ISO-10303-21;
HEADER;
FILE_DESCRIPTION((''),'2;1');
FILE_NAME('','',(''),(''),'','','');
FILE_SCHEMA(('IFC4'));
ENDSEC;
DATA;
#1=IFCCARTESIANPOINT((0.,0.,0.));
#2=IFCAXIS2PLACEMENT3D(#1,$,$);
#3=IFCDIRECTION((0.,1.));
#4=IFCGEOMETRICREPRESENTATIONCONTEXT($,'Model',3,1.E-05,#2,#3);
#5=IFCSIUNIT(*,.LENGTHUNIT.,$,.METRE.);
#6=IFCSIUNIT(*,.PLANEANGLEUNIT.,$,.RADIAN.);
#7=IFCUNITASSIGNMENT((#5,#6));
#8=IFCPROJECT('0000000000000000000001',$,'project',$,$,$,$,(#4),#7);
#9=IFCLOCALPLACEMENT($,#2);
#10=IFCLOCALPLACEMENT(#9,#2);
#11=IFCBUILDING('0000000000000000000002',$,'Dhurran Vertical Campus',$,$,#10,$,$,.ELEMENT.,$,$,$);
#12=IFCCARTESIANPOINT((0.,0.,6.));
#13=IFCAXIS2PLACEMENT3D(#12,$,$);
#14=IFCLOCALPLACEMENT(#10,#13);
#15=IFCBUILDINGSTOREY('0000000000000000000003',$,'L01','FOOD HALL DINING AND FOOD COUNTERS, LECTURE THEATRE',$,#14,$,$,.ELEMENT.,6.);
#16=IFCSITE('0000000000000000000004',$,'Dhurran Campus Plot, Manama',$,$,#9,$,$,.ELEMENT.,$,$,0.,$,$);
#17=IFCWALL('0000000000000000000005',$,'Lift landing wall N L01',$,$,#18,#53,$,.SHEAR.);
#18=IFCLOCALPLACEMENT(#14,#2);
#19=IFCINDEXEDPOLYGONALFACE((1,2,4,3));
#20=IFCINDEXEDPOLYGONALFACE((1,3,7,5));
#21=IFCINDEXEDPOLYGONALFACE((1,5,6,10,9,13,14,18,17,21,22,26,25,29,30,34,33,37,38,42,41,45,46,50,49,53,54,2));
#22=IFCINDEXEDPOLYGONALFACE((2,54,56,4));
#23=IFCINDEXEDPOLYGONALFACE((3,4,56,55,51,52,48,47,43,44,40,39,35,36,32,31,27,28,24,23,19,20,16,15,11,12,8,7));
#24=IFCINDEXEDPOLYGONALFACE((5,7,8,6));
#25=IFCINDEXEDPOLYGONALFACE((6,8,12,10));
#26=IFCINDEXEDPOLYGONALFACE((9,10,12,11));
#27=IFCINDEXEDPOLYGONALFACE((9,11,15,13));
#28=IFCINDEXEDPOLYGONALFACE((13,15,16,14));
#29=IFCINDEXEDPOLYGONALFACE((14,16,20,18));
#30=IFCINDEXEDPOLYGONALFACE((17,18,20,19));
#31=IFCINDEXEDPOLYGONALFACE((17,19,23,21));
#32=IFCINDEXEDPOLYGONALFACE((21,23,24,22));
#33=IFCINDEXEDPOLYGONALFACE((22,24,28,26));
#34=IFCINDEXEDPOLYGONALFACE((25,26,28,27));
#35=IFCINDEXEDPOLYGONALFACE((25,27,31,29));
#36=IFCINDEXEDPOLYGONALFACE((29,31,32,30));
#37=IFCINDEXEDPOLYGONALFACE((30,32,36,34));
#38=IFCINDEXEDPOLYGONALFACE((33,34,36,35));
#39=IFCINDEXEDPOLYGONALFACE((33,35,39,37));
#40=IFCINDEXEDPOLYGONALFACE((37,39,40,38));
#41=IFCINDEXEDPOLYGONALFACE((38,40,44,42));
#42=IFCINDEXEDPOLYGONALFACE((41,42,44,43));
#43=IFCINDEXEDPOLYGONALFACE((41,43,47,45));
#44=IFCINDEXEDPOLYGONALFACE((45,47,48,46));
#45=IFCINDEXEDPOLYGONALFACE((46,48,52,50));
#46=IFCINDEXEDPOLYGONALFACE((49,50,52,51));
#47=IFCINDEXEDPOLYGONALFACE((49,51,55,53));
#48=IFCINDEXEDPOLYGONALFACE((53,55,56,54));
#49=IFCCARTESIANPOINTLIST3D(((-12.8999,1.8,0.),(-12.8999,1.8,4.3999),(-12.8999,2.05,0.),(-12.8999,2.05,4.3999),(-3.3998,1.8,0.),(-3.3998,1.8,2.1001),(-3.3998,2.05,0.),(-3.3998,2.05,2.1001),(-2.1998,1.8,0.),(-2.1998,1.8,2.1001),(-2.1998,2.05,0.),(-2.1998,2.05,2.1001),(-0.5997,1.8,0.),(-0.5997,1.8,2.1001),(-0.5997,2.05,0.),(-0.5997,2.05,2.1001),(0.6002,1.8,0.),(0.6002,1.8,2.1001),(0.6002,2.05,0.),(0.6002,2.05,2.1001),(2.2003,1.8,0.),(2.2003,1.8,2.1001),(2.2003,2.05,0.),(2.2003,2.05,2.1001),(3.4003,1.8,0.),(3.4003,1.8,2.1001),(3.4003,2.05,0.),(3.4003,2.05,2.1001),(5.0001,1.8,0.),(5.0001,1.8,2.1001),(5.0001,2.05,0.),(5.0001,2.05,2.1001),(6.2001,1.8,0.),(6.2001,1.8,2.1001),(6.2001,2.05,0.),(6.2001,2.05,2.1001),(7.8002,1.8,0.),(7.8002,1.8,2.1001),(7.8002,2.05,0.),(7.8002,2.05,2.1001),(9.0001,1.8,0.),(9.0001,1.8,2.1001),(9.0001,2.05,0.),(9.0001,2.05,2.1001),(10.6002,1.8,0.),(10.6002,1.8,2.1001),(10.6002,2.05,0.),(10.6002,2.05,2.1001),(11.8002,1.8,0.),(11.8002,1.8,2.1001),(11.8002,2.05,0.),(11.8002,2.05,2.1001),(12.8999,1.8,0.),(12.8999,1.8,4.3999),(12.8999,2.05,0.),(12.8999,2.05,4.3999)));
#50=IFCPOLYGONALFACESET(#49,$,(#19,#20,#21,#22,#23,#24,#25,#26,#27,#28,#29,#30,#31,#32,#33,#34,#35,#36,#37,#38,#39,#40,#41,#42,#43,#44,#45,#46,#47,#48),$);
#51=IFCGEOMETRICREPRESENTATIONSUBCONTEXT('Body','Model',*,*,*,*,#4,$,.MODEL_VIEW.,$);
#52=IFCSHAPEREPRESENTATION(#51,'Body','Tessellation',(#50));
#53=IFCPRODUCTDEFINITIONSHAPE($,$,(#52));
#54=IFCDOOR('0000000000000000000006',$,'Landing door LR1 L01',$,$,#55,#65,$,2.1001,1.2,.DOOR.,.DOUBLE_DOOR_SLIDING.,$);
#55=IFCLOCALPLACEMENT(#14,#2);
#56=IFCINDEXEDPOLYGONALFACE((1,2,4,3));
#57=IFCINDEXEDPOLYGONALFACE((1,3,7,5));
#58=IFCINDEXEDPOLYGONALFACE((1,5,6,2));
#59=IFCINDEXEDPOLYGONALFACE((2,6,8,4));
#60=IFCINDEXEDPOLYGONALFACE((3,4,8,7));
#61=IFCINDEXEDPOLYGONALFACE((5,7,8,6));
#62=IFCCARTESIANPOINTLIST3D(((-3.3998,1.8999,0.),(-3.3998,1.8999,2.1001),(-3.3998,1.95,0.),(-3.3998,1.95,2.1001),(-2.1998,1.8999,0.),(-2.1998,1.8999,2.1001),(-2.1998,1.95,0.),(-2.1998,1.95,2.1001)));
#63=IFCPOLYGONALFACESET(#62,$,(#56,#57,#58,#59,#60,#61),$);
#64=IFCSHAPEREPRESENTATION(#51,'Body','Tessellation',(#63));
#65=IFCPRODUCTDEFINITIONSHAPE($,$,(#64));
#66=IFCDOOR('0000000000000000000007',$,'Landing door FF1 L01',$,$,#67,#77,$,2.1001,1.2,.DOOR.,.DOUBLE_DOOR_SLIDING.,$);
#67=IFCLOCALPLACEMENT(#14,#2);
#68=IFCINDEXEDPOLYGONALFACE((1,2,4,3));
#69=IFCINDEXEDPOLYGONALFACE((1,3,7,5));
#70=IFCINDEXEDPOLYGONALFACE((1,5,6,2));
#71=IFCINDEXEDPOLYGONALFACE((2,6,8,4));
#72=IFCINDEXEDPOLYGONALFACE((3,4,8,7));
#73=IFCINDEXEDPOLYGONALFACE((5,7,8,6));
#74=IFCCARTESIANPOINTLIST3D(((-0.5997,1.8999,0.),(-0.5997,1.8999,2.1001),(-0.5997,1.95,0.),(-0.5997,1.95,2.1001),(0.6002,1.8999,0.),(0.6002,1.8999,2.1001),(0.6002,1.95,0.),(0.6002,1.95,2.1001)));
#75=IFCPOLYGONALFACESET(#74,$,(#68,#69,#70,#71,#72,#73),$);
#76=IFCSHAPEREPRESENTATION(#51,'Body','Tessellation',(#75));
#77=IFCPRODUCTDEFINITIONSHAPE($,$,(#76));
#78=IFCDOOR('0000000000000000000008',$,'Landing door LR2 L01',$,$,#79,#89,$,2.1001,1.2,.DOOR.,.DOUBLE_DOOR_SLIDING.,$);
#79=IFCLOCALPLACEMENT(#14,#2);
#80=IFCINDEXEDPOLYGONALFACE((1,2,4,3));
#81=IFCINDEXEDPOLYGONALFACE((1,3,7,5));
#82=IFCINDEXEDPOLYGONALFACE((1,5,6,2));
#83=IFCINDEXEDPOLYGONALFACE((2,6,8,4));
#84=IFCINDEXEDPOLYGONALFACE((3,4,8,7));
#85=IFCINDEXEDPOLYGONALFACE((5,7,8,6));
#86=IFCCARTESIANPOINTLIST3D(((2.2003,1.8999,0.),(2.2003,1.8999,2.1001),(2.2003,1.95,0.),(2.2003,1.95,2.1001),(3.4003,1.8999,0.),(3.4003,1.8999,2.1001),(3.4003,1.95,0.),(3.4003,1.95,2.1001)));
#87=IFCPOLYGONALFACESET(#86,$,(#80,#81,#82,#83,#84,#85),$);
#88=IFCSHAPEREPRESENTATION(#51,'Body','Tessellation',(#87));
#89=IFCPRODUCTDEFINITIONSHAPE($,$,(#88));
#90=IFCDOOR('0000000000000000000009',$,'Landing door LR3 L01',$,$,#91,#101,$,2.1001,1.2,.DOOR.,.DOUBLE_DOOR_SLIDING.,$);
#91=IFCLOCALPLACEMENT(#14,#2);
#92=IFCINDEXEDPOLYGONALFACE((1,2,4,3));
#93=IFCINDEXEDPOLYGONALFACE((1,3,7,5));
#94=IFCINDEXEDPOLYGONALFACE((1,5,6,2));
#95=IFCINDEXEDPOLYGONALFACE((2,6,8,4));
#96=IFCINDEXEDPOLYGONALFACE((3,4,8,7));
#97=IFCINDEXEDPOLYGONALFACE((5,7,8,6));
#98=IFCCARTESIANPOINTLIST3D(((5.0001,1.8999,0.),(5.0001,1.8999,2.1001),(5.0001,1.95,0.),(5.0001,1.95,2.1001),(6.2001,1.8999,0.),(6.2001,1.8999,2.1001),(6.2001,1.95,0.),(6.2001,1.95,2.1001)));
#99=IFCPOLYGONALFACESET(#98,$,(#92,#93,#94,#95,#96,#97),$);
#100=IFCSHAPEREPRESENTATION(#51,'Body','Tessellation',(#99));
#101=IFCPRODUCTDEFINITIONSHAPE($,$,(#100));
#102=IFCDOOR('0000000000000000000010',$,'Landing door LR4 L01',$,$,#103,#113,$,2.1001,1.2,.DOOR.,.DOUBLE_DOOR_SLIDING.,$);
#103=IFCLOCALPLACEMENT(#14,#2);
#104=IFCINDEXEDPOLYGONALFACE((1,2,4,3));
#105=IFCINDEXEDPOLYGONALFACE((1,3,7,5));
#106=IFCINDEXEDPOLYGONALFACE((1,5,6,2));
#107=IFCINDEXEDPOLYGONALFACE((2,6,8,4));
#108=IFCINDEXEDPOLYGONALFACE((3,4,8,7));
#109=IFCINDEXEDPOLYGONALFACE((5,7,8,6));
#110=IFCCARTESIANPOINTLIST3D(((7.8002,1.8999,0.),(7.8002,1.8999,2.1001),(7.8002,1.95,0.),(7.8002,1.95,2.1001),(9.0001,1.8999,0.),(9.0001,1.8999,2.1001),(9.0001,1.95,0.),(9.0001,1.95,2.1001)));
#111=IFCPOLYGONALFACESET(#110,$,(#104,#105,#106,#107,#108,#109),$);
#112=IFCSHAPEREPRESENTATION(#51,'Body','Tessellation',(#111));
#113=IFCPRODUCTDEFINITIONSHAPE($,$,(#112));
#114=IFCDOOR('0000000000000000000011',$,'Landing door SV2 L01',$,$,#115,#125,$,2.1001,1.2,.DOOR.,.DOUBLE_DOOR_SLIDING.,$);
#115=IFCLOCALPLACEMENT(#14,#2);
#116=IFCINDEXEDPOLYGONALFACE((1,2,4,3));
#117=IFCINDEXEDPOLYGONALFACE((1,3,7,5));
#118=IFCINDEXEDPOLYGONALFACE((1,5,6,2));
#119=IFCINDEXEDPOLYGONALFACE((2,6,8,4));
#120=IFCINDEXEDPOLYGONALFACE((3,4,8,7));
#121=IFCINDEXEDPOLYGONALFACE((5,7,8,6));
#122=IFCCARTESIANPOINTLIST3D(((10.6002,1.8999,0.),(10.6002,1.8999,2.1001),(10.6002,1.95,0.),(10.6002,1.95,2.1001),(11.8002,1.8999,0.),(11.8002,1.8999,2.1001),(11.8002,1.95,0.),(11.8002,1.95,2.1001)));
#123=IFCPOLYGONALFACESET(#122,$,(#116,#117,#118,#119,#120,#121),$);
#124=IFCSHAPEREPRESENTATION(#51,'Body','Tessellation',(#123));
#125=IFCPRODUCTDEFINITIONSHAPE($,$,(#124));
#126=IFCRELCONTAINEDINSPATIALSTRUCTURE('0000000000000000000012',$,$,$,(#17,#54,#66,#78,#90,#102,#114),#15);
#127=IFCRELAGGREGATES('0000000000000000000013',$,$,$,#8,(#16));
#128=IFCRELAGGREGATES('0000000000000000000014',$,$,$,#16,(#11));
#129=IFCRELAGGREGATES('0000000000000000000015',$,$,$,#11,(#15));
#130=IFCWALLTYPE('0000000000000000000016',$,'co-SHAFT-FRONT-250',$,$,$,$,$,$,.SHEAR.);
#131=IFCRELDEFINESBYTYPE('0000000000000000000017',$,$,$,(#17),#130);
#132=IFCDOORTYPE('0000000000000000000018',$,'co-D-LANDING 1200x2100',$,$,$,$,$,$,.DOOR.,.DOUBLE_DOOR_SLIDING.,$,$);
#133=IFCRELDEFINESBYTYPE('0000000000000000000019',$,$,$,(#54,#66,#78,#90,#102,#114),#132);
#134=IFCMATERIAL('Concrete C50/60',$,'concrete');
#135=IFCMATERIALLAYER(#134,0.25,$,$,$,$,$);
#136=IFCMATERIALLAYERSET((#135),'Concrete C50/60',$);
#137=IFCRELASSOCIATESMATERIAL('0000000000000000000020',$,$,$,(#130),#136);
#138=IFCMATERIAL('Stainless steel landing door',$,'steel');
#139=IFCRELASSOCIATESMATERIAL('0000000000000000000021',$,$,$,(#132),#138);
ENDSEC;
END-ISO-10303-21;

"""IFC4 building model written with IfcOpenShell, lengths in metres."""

from ifc_helpers import new_model, si_unit, direction, frame, frame_2d, origin, place, context, subcontext, project, spatial, rectangle, extrude, material, layer, layer_set, type_object, element, fill, save


model = new_model("IFC4")

# Units and contexts
model_context = context("Model", 3, precision=1e-05, world=origin(), true_north=direction((0.0, 1.0)))
body_context = subcontext(model_context, "Body", "Model", "MODEL_VIEW")
ifc_project = project(units=[si_unit("LENGTHUNIT", "METRE"), si_unit("PLANEANGLEUNIT", "RADIAN")], contexts=[model_context])

# Site, building, storey
site_placement = place(None, origin())
site = spatial("IfcSite", under=ifc_project, at=site_placement, Name="Dhurran Campus Plot, Manama", CompositionType="ELEMENT", RefElevation=0.0)
building_placement = place(site_placement, origin())
building = spatial("IfcBuilding", under=site, at=building_placement, Name="Dhurran Vertical Campus", CompositionType="ELEMENT")
storey_placement = place(building_placement, frame((0.0, 0.0, 6.0)))
storey = spatial("IfcBuildingStorey", under=building, at=storey_placement, Name="L01", Description="FOOD HALL DINING AND FOOD COUNTERS, LECTURE THEATRE", CompositionType="ELEMENT", Elevation=6.0)

# Wall, openings, doors
ifc_material_1 = material(Name="Concrete C50/60", Category="concrete")
ifc_layer_1 = layer(ifc_material_1, 0.25)
ifc_layer_set_1 = layer_set([ifc_layer_1], Name="Concrete C50/60")
wall_type_1 = type_object("IfcWallType", Name="co-SHAFT-FRONT-250", PredefinedType="SHEAR", material=ifc_layer_set_1)
wall_1_placement = place(storey_placement, frame((-12.8999, 1.925, 0.0), z_axis=(0.0, 0.0, 1.0), x_axis=(1.0, 0.0, 0.0)))
wall_1 = element("IfcWall", 1, at=wall_1_placement, inside=storey, type_object=wall_type_1, Name="Lift landing wall N L01", PredefinedType="SHEAR", context=body_context, shape_type="SweptSolid", body=[
    extrude(rectangle(XDim=25.7998, YDim=0.25, at=frame_2d((12.8999, 0.0))), origin(), (0.0, 0.0, 1.0), 4.3999),
])
opening_1_placement = place(wall_1_placement, frame((9.5, 0.0, 0.0)))
opening_1 = element("IfcOpeningElement", 2, at=opening_1_placement, cuts=wall_1, PredefinedType="OPENING", context=body_context, shape_type="SweptSolid", body=[
    extrude(rectangle(XDim=1.2, YDim=2.1001, at=frame_2d((0.6001, 1.05))), frame((0.0, 0.135, 0.0), z_axis=(0.0, -1.0, 0.0), x_axis=(1.0, 0.0, 0.0)), (0.0, 0.0, 1.0), 0.27),
])
opening_2_placement = place(wall_1_placement, frame((12.3, 0.0, 0.0)))
opening_2 = element("IfcOpeningElement", 3, at=opening_2_placement, cuts=wall_1, PredefinedType="OPENING", context=body_context, shape_type="SweptSolid", body=[
    extrude(rectangle(XDim=1.2, YDim=2.1001, at=frame_2d((0.6001, 1.05))), frame((0.0, 0.135, 0.0), z_axis=(0.0, -1.0, 0.0), x_axis=(1.0, 0.0, 0.0)), (0.0, 0.0, 1.0), 0.27),
])
opening_3_placement = place(wall_1_placement, frame((15.1001, 0.0, 0.0)))
opening_3 = element("IfcOpeningElement", 4, at=opening_3_placement, cuts=wall_1, PredefinedType="OPENING", context=body_context, shape_type="SweptSolid", body=[
    extrude(rectangle(XDim=1.2, YDim=2.1001, at=frame_2d((0.6001, 1.05))), frame((0.0, 0.135, 0.0), z_axis=(0.0, -1.0, 0.0), x_axis=(1.0, 0.0, 0.0)), (0.0, 0.0, 1.0), 0.27),
])
opening_4_placement = place(wall_1_placement, frame((17.8999, 0.0, 0.0)))
opening_4 = element("IfcOpeningElement", 5, at=opening_4_placement, cuts=wall_1, PredefinedType="OPENING", context=body_context, shape_type="SweptSolid", body=[
    extrude(rectangle(XDim=1.2, YDim=2.1001, at=frame_2d((0.6001, 1.05))), frame((0.0, 0.135, 0.0), z_axis=(0.0, -1.0, 0.0), x_axis=(1.0, 0.0, 0.0)), (0.0, 0.0, 1.0), 0.27),
])
opening_5_placement = place(wall_1_placement, frame((20.7, 0.0, 0.0)))
opening_5 = element("IfcOpeningElement", 6, at=opening_5_placement, cuts=wall_1, PredefinedType="OPENING", context=body_context, shape_type="SweptSolid", body=[
    extrude(rectangle(XDim=1.2, YDim=2.1001, at=frame_2d((0.6001, 1.05))), frame((0.0, 0.135, 0.0), z_axis=(0.0, -1.0, 0.0), x_axis=(1.0, 0.0, 0.0)), (0.0, 0.0, 1.0), 0.27),
])
opening_6_placement = place(wall_1_placement, frame((23.5, 0.0, 0.0)))
opening_6 = element("IfcOpeningElement", 7, at=opening_6_placement, cuts=wall_1, PredefinedType="OPENING", context=body_context, shape_type="SweptSolid", body=[
    extrude(rectangle(XDim=1.2, YDim=2.1001, at=frame_2d((0.6001, 1.05))), frame((0.0, 0.135, 0.0), z_axis=(0.0, -1.0, 0.0), x_axis=(1.0, 0.0, 0.0)), (0.0, 0.0, 1.0), 0.27),
])
ifc_material_2 = material(Name="Stainless steel landing door", Category="steel")
door_type_1 = type_object("IfcDoorType", Name="co-D-LANDING 1200x2100", OperationType="DOUBLE_DOOR_SLIDING", PredefinedType="DOOR", material=ifc_material_2)
door_1_placement = place(opening_1_placement, origin())
door_1 = element("IfcDoor", 8, at=door_1_placement, inside=storey, type_object=door_type_1, Name="Landing door LR1 L01", OperationType="DOUBLE_DOOR_SLIDING", OverallHeight=2.1001, OverallWidth=1.2, PredefinedType="DOOR", context=body_context, shape_type="SweptSolid", body=[
    extrude(rectangle(XDim=1.2, YDim=2.1001, at=frame_2d((0.6001, 1.05))), frame((0.0, 0.0249, 0.0), z_axis=(0.0, -1.0, 0.0), x_axis=(1.0, 0.0, 0.0)), (0.0, 0.0, 1.0), 0.05),
])
fill(opening_1, door_1)
door_2_placement = place(opening_2_placement, origin())
door_2 = element("IfcDoor", 9, at=door_2_placement, inside=storey, type_object=door_type_1, Name="Landing door FF1 L01", OperationType="DOUBLE_DOOR_SLIDING", OverallHeight=2.1001, OverallWidth=1.2, PredefinedType="DOOR", context=body_context, shape_type="SweptSolid", body=[
    extrude(rectangle(XDim=1.2, YDim=2.1001, at=frame_2d((0.6001, 1.05))), frame((0.0, 0.0249, 0.0), z_axis=(0.0, -1.0, 0.0), x_axis=(1.0, 0.0, 0.0)), (0.0, 0.0, 1.0), 0.05),
])
fill(opening_2, door_2)
door_3_placement = place(opening_3_placement, origin())
door_3 = element("IfcDoor", 10, at=door_3_placement, inside=storey, type_object=door_type_1, Name="Landing door LR2 L01", OperationType="DOUBLE_DOOR_SLIDING", OverallHeight=2.1001, OverallWidth=1.2, PredefinedType="DOOR", context=body_context, shape_type="SweptSolid", body=[
    extrude(rectangle(XDim=1.2, YDim=2.1001, at=frame_2d((0.6001, 1.05))), frame((0.0, 0.0249, 0.0), z_axis=(0.0, -1.0, 0.0), x_axis=(1.0, 0.0, 0.0)), (0.0, 0.0, 1.0), 0.05),
])
fill(opening_3, door_3)
door_4_placement = place(opening_4_placement, origin())
door_4 = element("IfcDoor", 11, at=door_4_placement, inside=storey, type_object=door_type_1, Name="Landing door LR3 L01", OperationType="DOUBLE_DOOR_SLIDING", OverallHeight=2.1001, OverallWidth=1.2, PredefinedType="DOOR", context=body_context, shape_type="SweptSolid", body=[
    extrude(rectangle(XDim=1.2, YDim=2.1001, at=frame_2d((0.6001, 1.05))), frame((0.0, 0.0249, 0.0), z_axis=(0.0, -1.0, 0.0), x_axis=(1.0, 0.0, 0.0)), (0.0, 0.0, 1.0), 0.05),
])
fill(opening_4, door_4)
door_5_placement = place(opening_5_placement, origin())
door_5 = element("IfcDoor", 12, at=door_5_placement, inside=storey, type_object=door_type_1, Name="Landing door LR4 L01", OperationType="DOUBLE_DOOR_SLIDING", OverallHeight=2.1001, OverallWidth=1.2, PredefinedType="DOOR", context=body_context, shape_type="SweptSolid", body=[
    extrude(rectangle(XDim=1.2, YDim=2.1001, at=frame_2d((0.6001, 1.05))), frame((0.0, 0.0249, 0.0), z_axis=(0.0, -1.0, 0.0), x_axis=(1.0, 0.0, 0.0)), (0.0, 0.0, 1.0), 0.05),
])
fill(opening_5, door_5)
door_6_placement = place(opening_6_placement, origin())
door_6 = element("IfcDoor", 13, at=door_6_placement, inside=storey, type_object=door_type_1, Name="Landing door SV2 L01", OperationType="DOUBLE_DOOR_SLIDING", OverallHeight=2.1001, OverallWidth=1.2, PredefinedType="DOOR", context=body_context, shape_type="SweptSolid", body=[
    extrude(rectangle(XDim=1.2, YDim=2.1001, at=frame_2d((0.6001, 1.05))), frame((0.0, 0.0249, 0.0), z_axis=(0.0, -1.0, 0.0), x_axis=(1.0, 0.0, 0.0)), (0.0, 0.0, 1.0), 0.05),
])
fill(opening_6, door_6)

save(model, "model.ifc")
